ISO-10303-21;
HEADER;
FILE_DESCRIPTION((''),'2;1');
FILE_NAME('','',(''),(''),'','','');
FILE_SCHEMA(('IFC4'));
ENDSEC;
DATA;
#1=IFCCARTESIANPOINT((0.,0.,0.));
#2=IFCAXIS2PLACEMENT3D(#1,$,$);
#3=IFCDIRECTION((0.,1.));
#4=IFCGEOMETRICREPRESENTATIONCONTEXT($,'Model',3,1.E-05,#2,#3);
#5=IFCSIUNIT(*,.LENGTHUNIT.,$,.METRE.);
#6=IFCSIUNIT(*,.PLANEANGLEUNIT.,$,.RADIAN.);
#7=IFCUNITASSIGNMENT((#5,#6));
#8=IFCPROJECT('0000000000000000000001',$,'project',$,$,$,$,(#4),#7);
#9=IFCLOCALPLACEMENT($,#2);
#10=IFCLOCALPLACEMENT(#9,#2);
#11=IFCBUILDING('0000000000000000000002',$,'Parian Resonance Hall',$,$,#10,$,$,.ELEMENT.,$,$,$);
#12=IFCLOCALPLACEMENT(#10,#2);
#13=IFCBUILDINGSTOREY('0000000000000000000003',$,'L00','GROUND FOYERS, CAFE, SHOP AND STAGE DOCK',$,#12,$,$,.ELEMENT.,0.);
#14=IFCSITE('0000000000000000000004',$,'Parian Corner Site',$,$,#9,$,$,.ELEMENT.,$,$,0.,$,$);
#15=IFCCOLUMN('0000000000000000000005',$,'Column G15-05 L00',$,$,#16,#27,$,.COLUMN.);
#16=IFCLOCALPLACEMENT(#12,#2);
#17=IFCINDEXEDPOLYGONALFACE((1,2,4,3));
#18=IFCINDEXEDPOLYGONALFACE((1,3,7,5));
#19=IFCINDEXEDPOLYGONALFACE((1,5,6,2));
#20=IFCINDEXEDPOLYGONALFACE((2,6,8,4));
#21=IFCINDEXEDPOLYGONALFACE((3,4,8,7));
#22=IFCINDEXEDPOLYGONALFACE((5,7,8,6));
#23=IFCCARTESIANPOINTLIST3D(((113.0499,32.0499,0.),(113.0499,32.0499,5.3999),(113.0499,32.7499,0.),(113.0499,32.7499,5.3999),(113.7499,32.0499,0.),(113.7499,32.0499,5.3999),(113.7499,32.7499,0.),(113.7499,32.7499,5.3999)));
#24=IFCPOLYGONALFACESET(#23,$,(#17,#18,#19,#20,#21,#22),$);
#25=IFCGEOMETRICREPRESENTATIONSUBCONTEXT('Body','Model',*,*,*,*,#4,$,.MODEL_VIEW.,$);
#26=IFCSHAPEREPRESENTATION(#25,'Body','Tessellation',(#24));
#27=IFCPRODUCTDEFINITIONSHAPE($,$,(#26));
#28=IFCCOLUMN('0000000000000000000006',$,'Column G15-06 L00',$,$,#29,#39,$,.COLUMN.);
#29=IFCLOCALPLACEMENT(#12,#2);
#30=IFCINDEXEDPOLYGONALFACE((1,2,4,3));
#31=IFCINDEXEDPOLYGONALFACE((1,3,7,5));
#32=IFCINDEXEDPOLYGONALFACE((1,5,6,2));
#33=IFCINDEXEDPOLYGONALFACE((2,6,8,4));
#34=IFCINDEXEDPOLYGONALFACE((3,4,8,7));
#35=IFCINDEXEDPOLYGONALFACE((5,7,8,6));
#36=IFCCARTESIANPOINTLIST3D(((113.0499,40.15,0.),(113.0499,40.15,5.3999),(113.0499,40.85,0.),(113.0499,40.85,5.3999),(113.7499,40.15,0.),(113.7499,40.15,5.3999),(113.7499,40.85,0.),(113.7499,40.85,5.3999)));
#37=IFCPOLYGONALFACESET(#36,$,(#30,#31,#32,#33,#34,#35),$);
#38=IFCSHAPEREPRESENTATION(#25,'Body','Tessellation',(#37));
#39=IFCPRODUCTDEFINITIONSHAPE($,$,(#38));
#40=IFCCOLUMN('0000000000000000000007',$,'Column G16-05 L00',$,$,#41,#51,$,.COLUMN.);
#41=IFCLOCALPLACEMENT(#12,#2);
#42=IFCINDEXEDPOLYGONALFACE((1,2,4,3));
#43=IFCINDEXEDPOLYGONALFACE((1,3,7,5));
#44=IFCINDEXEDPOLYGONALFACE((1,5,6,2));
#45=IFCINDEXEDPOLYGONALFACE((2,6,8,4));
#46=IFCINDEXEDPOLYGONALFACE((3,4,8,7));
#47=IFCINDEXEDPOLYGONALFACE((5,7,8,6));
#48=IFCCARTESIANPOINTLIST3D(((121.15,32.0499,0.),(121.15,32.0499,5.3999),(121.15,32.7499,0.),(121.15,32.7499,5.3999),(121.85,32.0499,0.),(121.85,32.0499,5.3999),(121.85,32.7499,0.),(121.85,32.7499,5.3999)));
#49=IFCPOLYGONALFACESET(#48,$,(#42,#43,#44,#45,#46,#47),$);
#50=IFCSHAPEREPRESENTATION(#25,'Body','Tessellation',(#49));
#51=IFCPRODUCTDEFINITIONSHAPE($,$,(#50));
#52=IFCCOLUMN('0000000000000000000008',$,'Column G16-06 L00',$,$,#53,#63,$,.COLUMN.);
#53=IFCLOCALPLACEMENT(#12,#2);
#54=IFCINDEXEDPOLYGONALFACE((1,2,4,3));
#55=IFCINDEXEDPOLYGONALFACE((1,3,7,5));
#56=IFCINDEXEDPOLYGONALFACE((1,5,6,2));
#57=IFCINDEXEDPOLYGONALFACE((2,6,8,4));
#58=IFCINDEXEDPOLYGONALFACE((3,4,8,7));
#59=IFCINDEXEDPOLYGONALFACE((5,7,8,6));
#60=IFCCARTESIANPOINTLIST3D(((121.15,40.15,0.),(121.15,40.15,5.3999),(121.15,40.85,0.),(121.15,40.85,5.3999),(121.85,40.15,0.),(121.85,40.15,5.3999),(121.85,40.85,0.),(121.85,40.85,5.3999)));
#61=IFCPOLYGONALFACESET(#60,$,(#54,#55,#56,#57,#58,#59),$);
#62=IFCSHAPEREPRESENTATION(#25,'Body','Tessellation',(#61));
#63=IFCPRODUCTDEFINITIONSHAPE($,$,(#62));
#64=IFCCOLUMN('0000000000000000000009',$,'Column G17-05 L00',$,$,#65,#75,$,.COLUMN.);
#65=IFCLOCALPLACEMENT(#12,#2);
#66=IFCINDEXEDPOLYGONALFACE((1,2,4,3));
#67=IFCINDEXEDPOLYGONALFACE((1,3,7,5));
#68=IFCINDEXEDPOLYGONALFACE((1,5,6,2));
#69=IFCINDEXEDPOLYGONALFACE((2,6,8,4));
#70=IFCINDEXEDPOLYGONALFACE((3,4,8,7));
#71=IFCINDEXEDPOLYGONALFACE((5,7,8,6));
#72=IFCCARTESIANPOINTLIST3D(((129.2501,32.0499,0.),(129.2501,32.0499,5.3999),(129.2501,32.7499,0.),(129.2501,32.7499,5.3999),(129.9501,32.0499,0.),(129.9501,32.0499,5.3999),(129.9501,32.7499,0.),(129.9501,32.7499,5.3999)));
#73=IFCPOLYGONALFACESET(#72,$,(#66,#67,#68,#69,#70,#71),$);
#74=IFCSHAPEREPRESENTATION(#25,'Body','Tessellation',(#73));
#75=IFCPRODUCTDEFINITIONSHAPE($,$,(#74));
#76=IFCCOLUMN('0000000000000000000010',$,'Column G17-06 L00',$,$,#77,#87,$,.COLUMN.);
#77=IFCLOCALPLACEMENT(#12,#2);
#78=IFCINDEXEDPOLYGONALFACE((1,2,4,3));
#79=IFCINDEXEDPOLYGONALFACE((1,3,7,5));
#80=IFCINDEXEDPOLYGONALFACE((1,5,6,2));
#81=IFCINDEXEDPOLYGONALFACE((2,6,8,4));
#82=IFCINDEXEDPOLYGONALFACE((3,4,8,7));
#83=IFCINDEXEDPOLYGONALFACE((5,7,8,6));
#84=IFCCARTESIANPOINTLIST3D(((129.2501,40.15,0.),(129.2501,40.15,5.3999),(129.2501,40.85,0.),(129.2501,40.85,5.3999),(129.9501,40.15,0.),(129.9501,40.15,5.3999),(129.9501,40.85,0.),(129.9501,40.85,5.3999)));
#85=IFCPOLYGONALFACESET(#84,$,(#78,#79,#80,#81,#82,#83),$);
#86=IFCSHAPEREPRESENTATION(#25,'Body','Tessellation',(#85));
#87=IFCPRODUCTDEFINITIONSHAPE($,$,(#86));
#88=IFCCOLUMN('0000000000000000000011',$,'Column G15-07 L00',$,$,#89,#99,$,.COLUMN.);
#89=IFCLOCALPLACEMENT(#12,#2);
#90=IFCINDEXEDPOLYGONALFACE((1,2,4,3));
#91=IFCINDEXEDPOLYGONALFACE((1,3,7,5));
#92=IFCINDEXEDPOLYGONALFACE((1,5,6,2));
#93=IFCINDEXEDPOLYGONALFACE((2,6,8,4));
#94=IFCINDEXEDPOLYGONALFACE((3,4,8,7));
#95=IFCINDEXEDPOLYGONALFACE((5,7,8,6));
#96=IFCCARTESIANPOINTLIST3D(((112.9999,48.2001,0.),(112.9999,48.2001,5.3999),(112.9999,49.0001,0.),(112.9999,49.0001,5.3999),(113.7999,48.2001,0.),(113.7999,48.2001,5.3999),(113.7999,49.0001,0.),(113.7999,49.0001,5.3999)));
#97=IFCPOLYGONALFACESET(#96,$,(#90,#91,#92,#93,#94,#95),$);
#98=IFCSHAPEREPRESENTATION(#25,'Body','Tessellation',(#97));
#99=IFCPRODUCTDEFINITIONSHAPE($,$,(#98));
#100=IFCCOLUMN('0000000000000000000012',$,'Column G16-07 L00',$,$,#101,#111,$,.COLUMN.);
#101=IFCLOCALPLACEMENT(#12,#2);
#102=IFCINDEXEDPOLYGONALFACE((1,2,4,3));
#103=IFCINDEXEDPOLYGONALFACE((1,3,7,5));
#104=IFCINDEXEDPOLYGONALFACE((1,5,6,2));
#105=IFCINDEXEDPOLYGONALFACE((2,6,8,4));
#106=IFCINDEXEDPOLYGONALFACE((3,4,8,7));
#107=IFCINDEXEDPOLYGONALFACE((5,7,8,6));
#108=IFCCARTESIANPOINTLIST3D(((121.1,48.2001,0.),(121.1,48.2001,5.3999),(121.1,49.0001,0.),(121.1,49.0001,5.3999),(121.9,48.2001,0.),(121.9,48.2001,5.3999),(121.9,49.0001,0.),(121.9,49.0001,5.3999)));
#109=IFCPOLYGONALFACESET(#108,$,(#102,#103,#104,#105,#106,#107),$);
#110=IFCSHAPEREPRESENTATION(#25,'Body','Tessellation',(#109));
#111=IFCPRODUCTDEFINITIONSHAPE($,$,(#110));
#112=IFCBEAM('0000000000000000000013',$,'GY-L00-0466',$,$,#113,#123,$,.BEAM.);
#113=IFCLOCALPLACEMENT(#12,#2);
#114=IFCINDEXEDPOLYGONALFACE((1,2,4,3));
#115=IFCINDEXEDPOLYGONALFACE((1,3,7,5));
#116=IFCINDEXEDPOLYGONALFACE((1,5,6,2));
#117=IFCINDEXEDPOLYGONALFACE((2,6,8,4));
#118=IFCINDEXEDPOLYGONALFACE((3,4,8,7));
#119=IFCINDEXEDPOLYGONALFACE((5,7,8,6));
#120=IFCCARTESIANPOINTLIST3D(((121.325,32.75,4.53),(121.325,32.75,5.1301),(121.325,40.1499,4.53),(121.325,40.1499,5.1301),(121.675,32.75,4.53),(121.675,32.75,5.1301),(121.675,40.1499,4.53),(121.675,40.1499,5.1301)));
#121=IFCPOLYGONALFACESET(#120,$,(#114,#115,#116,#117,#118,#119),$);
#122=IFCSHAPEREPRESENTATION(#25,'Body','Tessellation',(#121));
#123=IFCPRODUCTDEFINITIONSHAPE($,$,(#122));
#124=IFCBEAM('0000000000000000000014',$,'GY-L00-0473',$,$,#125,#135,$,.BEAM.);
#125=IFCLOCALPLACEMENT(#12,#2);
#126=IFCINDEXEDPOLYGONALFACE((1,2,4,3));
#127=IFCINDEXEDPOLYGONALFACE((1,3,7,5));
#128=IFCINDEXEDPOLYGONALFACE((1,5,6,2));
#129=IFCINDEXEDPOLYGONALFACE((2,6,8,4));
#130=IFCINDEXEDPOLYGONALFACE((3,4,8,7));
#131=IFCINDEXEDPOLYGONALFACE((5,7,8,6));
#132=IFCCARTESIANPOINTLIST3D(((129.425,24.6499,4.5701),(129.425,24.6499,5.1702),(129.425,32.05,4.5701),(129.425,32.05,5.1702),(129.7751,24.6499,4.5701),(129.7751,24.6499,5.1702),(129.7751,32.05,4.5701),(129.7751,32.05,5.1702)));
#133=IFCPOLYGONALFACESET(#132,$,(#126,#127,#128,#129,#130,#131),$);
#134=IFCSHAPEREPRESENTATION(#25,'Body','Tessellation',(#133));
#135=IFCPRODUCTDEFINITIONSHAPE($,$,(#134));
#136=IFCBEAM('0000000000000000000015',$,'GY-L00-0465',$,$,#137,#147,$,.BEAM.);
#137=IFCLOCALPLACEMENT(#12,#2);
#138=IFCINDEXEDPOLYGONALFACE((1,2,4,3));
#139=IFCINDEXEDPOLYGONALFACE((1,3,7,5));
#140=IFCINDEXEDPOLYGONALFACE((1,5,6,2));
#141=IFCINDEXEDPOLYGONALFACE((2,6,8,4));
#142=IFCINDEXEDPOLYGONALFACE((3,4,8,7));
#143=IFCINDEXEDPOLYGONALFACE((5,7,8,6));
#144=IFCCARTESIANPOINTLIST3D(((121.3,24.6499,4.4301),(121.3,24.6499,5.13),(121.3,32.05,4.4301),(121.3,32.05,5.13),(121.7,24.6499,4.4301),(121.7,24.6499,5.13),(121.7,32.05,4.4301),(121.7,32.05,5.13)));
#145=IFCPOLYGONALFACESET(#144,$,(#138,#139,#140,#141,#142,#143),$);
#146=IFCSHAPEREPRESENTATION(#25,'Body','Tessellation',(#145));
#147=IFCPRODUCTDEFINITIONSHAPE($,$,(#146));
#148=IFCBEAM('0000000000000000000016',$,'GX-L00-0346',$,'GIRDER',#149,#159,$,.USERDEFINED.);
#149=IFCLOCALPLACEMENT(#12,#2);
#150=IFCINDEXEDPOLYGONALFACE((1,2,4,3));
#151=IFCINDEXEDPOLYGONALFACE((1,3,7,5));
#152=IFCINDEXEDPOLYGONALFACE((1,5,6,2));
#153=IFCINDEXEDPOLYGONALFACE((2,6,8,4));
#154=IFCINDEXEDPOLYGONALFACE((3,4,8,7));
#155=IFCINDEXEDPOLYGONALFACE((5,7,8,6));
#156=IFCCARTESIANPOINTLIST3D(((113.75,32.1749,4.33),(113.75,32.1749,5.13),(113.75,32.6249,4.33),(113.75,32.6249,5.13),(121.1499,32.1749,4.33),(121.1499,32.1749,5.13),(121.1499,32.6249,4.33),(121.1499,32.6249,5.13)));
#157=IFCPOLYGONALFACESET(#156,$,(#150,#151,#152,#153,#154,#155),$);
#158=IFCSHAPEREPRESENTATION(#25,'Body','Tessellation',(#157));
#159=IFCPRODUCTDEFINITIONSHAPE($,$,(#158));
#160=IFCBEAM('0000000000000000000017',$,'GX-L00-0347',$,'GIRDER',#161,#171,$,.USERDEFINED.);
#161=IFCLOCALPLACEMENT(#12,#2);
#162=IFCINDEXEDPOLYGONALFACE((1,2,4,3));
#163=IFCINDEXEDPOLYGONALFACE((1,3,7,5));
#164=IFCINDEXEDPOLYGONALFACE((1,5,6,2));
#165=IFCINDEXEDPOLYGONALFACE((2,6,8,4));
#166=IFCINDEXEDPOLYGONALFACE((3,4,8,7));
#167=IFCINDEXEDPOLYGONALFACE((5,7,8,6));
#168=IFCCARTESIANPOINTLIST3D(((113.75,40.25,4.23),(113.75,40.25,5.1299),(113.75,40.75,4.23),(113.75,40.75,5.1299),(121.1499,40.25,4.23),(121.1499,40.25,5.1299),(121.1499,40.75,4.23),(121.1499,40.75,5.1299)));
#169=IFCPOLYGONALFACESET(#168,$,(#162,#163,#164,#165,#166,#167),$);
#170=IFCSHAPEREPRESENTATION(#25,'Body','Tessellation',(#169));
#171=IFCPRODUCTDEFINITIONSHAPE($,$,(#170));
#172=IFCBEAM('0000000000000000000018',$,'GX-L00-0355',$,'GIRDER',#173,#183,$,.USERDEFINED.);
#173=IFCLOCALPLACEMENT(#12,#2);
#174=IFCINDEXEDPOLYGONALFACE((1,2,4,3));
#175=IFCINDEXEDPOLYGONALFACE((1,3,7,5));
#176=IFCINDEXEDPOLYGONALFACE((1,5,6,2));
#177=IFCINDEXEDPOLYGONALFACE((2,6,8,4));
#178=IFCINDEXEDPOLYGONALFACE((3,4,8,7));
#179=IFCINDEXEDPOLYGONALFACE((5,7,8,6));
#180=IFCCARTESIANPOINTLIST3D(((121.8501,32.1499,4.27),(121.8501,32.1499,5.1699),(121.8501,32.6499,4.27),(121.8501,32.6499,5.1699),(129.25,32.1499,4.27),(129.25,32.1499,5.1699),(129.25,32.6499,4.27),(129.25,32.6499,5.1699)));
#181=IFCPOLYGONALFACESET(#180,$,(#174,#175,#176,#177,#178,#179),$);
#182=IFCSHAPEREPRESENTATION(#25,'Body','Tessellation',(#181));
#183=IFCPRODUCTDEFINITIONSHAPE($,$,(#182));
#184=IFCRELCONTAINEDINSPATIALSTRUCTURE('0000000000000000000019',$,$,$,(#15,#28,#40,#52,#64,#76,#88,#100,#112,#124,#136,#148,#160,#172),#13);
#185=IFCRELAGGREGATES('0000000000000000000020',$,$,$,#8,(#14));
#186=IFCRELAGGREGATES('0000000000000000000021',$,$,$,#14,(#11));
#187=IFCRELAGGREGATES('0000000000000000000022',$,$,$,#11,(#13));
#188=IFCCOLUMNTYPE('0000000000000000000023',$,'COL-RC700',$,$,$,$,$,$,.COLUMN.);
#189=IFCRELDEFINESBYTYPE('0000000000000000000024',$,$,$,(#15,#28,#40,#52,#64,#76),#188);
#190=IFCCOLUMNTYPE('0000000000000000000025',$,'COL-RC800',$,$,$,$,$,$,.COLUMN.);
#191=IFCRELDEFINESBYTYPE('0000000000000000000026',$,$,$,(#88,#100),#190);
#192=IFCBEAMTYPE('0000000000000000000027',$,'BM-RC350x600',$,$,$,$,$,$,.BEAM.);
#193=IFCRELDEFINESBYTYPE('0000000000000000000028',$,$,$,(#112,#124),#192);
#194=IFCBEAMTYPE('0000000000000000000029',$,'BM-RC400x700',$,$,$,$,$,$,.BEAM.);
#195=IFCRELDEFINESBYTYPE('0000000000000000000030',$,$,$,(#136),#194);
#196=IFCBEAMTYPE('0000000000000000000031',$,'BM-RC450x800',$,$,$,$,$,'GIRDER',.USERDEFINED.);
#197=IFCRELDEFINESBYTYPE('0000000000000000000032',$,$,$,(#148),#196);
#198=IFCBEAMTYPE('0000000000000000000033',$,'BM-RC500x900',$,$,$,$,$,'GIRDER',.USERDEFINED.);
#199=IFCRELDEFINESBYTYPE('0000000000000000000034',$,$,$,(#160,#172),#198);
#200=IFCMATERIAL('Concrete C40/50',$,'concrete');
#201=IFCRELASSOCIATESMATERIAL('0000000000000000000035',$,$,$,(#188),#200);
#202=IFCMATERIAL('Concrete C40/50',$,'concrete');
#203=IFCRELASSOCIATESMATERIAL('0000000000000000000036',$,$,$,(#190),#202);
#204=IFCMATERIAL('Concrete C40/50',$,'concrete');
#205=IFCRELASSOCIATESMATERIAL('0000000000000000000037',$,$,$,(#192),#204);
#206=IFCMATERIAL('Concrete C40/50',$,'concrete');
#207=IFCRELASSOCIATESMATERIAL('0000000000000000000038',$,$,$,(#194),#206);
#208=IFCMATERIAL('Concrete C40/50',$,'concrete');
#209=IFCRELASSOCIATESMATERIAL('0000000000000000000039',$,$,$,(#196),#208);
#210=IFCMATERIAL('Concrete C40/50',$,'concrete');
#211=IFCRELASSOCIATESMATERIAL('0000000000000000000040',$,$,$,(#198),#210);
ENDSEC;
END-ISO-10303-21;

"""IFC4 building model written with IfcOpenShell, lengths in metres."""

from ifc_helpers import new_model, si_unit, direction, frame, origin, origin_2d, place, context, subcontext, project, spatial, rectangle, extrude, material, material_profile, profile_set, type_object, element, save


model = new_model("IFC4")

# Units and contexts
model_context = context("Model", 3, precision=1e-05, world=origin(), true_north=direction((0.0, 1.0)))
body_context = subcontext(model_context, "Body", "Model", "MODEL_VIEW")
ifc_project = project(units=[si_unit("LENGTHUNIT", "METRE"), si_unit("PLANEANGLEUNIT", "RADIAN")], contexts=[model_context])

# Site, building, storey
site_placement = place(None, origin())
site = spatial("IfcSite", under=ifc_project, at=site_placement, Name="Parian Corner Site", CompositionType="ELEMENT", RefElevation=0.0)
building_placement = place(site_placement, origin())
building = spatial("IfcBuilding", under=site, at=building_placement, Name="Parian Resonance Hall", CompositionType="ELEMENT")
storey_placement = place(building_placement, origin())
storey = spatial("IfcBuildingStorey", under=building, at=storey_placement, Name="L00", Description="GROUND FOYERS, CAFE, SHOP AND STAGE DOCK", CompositionType="ELEMENT", Elevation=0.0)

# Columns
ifc_material_1 = material(Name="Concrete C40/50", Category="concrete")
ifc_material_profile_1 = material_profile(ifc_material_1, rectangle(XDim=0.7, YDim=0.7, at=origin_2d()), Name="RC-COL-700x700")
ifc_profile_set_1 = profile_set([ifc_material_profile_1], Name="Concrete C40/50")
column_type_1 = type_object("IfcColumnType", Name="COL-RC700", PredefinedType="COLUMN", material=ifc_profile_set_1)
for number, where, z_axis, x_axis, name in (
    (1, (113.3999, 32.3999, 0.0), (0.0, 0.0, 1.0), (1.0, 0.0, 0.0), "Column G15-05 L00"),
    (2, (113.3999, 40.5, 0.0), (0.0, 0.0, 1.0), (1.0, 0.0, 0.0), "Column G15-06 L00"),
    (3, (121.5, 32.3999, 0.0), (0.0, 0.0, 1.0), (1.0, 0.0, 0.0), "Column G16-05 L00"),
    (4, (121.5, 40.5, 0.0), (0.0, 0.0, 1.0), (1.0, 0.0, 0.0), "Column G16-06 L00"),
    (5, (129.6001, 32.3999, 0.0), (0.0, 0.0, 1.0), (1.0, 0.0, 0.0), "Column G17-05 L00"),
    (6, (129.6001, 40.5, 0.0), (0.0, 0.0, 1.0), (1.0, 0.0, 0.0), "Column G17-06 L00"),
):
    element("IfcColumn", number, at=place(storey_placement, frame(where, z_axis=z_axis, x_axis=x_axis)), inside=storey, type_object=column_type_1, Name=name, PredefinedType="COLUMN", context=body_context, shape_type="SweptSolid", body=[
        extrude(rectangle(XDim=0.7, YDim=0.7, at=origin_2d()), origin(), (0.0, 0.0, 1.0), 5.3999),
    ])
ifc_material_2 = material(Name="Concrete C40/50", Category="concrete")
ifc_material_profile_2 = material_profile(ifc_material_2, rectangle(XDim=0.8, YDim=0.8, at=origin_2d()), Name="RC-COL-800x800")
ifc_profile_set_2 = profile_set([ifc_material_profile_2], Name="Concrete C40/50")
column_type_2 = type_object("IfcColumnType", Name="COL-RC800", PredefinedType="COLUMN", material=ifc_profile_set_2)
for number, where, z_axis, x_axis, name in (
    (7, (113.3999, 48.6001, 0.0), (0.0, 0.0, 1.0), (1.0, 0.0, 0.0), "Column G15-07 L00"),
    (8, (121.5, 48.6001, 0.0), (0.0, 0.0, 1.0), (1.0, 0.0, 0.0), "Column G16-07 L00"),
):
    element("IfcColumn", number, at=place(storey_placement, frame(where, z_axis=z_axis, x_axis=x_axis)), inside=storey, type_object=column_type_2, Name=name, PredefinedType="COLUMN", context=body_context, shape_type="SweptSolid", body=[
        extrude(rectangle(XDim=0.8, YDim=0.8, at=origin_2d()), origin(), (0.0, 0.0, 1.0), 5.3999),
    ])

# Beams
ifc_material_3 = material(Name="Concrete C40/50", Category="concrete")
ifc_material_profile_3 = material_profile(ifc_material_3, rectangle(XDim=0.3501, YDim=0.6001, at=origin_2d()), Name="RC-BM-350x600")
ifc_profile_set_3 = profile_set([ifc_material_profile_3], Name="Concrete C40/50")
beam_type_1 = type_object("IfcBeamType", Name="BM-RC350x600", PredefinedType="BEAM", material=ifc_profile_set_3)
beam_1_placement = place(storey_placement, frame((121.5, 32.75, 4.8301), z_axis=(0.0, 1.0, 0.0), x_axis=(-1.0, 0.0, 0.0)))
element("IfcBeam", 9, at=beam_1_placement, inside=storey, type_object=beam_type_1, Name="GY-L00-0466", PredefinedType="BEAM", context=body_context, shape_type="SweptSolid", body=[
    extrude(rectangle(XDim=0.3501, YDim=0.6001, at=origin_2d()), origin(), (0.0, 0.0, 1.0), 7.3999),
])
beam_2_placement = place(storey_placement, frame((129.6001, 24.6499, 4.8701), z_axis=(0.0, 1.0, 0.0), x_axis=(-1.0, 0.0, 0.0)))
element("IfcBeam", 10, at=beam_2_placement, inside=storey, type_object=beam_type_1, Name="GY-L00-0473", PredefinedType="BEAM", context=body_context, shape_type="SweptSolid", body=[
    extrude(rectangle(XDim=0.3501, YDim=0.6001, at=origin_2d()), origin(), (0.0, 0.0, 1.0), 7.4001),
])
ifc_material_4 = material(Name="Concrete C40/50", Category="concrete")
ifc_material_profile_4 = material_profile(ifc_material_4, rectangle(XDim=0.3999, YDim=0.7, at=origin_2d()), Name="RC-BM-400x700")
ifc_profile_set_4 = profile_set([ifc_material_profile_4], Name="Concrete C40/50")
beam_type_2 = type_object("IfcBeamType", Name="BM-RC400x700", PredefinedType="BEAM", material=ifc_profile_set_4)
beam_3_placement = place(storey_placement, frame((121.5, 24.6499, 4.78), z_axis=(0.0, 1.0, 0.0), x_axis=(-1.0, 0.0, 0.0)))
element("IfcBeam", 11, at=beam_3_placement, inside=storey, type_object=beam_type_2, Name="GY-L00-0465", PredefinedType="BEAM", context=body_context, shape_type="SweptSolid", body=[
    extrude(rectangle(XDim=0.3999, YDim=0.7, at=origin_2d()), origin(), (0.0, 0.0, 1.0), 7.4001),
])
ifc_material_5 = material(Name="Concrete C40/50", Category="concrete")
ifc_material_profile_5 = material_profile(ifc_material_5, rectangle(XDim=0.45, YDim=0.8, at=origin_2d()), Name="RC-BM-450x800")
ifc_profile_set_5 = profile_set([ifc_material_profile_5], Name="Concrete C40/50")
beam_type_3 = type_object("IfcBeamType", Name="BM-RC450x800", ElementType="GIRDER", PredefinedType="USERDEFINED", material=ifc_profile_set_5)
beam_4_placement = place(storey_placement, frame((113.75, 32.3999, 4.73), z_axis=(1.0, 0.0, 0.0), x_axis=(0.0, 1.0, 0.0)))
element("IfcBeam", 12, at=beam_4_placement, inside=storey, type_object=beam_type_3, Name="GX-L00-0346", ObjectType="GIRDER", PredefinedType="USERDEFINED", context=body_context, shape_type="SweptSolid", body=[
    extrude(rectangle(XDim=0.45, YDim=0.8, at=origin_2d()), origin(), (0.0, 0.0, 1.0), 7.3999),
])
ifc_material_6 = material(Name="Concrete C40/50", Category="concrete")
ifc_material_profile_6 = material_profile(ifc_material_6, rectangle(XDim=0.5, YDim=0.8999, at=origin_2d()), Name="RC-BM-500x900")
ifc_profile_set_6 = profile_set([ifc_material_profile_6], Name="Concrete C40/50")
beam_type_4 = type_object("IfcBeamType", Name="BM-RC500x900", ElementType="GIRDER", PredefinedType="USERDEFINED", material=ifc_profile_set_6)
for number, where, z_axis, x_axis, name in (
    (13, (113.75, 40.5, 4.6799), (1.0, 0.0, 0.0), (0.0, 1.0, 0.0), "GX-L00-0347"),
    (14, (121.8501, 32.3999, 4.72), (1.0, 0.0, 0.0), (0.0, 1.0, 0.0), "GX-L00-0355"),
):
    element("IfcBeam", number, at=place(storey_placement, frame(where, z_axis=z_axis, x_axis=x_axis)), inside=storey, type_object=beam_type_4, Name=name, ObjectType="GIRDER", PredefinedType="USERDEFINED", context=body_context, shape_type="SweptSolid", body=[
        extrude(rectangle(XDim=0.5, YDim=0.8999, at=origin_2d()), origin(), (0.0, 0.0, 1.0), 7.3999),
    ])

save(model, "model.ifc")
